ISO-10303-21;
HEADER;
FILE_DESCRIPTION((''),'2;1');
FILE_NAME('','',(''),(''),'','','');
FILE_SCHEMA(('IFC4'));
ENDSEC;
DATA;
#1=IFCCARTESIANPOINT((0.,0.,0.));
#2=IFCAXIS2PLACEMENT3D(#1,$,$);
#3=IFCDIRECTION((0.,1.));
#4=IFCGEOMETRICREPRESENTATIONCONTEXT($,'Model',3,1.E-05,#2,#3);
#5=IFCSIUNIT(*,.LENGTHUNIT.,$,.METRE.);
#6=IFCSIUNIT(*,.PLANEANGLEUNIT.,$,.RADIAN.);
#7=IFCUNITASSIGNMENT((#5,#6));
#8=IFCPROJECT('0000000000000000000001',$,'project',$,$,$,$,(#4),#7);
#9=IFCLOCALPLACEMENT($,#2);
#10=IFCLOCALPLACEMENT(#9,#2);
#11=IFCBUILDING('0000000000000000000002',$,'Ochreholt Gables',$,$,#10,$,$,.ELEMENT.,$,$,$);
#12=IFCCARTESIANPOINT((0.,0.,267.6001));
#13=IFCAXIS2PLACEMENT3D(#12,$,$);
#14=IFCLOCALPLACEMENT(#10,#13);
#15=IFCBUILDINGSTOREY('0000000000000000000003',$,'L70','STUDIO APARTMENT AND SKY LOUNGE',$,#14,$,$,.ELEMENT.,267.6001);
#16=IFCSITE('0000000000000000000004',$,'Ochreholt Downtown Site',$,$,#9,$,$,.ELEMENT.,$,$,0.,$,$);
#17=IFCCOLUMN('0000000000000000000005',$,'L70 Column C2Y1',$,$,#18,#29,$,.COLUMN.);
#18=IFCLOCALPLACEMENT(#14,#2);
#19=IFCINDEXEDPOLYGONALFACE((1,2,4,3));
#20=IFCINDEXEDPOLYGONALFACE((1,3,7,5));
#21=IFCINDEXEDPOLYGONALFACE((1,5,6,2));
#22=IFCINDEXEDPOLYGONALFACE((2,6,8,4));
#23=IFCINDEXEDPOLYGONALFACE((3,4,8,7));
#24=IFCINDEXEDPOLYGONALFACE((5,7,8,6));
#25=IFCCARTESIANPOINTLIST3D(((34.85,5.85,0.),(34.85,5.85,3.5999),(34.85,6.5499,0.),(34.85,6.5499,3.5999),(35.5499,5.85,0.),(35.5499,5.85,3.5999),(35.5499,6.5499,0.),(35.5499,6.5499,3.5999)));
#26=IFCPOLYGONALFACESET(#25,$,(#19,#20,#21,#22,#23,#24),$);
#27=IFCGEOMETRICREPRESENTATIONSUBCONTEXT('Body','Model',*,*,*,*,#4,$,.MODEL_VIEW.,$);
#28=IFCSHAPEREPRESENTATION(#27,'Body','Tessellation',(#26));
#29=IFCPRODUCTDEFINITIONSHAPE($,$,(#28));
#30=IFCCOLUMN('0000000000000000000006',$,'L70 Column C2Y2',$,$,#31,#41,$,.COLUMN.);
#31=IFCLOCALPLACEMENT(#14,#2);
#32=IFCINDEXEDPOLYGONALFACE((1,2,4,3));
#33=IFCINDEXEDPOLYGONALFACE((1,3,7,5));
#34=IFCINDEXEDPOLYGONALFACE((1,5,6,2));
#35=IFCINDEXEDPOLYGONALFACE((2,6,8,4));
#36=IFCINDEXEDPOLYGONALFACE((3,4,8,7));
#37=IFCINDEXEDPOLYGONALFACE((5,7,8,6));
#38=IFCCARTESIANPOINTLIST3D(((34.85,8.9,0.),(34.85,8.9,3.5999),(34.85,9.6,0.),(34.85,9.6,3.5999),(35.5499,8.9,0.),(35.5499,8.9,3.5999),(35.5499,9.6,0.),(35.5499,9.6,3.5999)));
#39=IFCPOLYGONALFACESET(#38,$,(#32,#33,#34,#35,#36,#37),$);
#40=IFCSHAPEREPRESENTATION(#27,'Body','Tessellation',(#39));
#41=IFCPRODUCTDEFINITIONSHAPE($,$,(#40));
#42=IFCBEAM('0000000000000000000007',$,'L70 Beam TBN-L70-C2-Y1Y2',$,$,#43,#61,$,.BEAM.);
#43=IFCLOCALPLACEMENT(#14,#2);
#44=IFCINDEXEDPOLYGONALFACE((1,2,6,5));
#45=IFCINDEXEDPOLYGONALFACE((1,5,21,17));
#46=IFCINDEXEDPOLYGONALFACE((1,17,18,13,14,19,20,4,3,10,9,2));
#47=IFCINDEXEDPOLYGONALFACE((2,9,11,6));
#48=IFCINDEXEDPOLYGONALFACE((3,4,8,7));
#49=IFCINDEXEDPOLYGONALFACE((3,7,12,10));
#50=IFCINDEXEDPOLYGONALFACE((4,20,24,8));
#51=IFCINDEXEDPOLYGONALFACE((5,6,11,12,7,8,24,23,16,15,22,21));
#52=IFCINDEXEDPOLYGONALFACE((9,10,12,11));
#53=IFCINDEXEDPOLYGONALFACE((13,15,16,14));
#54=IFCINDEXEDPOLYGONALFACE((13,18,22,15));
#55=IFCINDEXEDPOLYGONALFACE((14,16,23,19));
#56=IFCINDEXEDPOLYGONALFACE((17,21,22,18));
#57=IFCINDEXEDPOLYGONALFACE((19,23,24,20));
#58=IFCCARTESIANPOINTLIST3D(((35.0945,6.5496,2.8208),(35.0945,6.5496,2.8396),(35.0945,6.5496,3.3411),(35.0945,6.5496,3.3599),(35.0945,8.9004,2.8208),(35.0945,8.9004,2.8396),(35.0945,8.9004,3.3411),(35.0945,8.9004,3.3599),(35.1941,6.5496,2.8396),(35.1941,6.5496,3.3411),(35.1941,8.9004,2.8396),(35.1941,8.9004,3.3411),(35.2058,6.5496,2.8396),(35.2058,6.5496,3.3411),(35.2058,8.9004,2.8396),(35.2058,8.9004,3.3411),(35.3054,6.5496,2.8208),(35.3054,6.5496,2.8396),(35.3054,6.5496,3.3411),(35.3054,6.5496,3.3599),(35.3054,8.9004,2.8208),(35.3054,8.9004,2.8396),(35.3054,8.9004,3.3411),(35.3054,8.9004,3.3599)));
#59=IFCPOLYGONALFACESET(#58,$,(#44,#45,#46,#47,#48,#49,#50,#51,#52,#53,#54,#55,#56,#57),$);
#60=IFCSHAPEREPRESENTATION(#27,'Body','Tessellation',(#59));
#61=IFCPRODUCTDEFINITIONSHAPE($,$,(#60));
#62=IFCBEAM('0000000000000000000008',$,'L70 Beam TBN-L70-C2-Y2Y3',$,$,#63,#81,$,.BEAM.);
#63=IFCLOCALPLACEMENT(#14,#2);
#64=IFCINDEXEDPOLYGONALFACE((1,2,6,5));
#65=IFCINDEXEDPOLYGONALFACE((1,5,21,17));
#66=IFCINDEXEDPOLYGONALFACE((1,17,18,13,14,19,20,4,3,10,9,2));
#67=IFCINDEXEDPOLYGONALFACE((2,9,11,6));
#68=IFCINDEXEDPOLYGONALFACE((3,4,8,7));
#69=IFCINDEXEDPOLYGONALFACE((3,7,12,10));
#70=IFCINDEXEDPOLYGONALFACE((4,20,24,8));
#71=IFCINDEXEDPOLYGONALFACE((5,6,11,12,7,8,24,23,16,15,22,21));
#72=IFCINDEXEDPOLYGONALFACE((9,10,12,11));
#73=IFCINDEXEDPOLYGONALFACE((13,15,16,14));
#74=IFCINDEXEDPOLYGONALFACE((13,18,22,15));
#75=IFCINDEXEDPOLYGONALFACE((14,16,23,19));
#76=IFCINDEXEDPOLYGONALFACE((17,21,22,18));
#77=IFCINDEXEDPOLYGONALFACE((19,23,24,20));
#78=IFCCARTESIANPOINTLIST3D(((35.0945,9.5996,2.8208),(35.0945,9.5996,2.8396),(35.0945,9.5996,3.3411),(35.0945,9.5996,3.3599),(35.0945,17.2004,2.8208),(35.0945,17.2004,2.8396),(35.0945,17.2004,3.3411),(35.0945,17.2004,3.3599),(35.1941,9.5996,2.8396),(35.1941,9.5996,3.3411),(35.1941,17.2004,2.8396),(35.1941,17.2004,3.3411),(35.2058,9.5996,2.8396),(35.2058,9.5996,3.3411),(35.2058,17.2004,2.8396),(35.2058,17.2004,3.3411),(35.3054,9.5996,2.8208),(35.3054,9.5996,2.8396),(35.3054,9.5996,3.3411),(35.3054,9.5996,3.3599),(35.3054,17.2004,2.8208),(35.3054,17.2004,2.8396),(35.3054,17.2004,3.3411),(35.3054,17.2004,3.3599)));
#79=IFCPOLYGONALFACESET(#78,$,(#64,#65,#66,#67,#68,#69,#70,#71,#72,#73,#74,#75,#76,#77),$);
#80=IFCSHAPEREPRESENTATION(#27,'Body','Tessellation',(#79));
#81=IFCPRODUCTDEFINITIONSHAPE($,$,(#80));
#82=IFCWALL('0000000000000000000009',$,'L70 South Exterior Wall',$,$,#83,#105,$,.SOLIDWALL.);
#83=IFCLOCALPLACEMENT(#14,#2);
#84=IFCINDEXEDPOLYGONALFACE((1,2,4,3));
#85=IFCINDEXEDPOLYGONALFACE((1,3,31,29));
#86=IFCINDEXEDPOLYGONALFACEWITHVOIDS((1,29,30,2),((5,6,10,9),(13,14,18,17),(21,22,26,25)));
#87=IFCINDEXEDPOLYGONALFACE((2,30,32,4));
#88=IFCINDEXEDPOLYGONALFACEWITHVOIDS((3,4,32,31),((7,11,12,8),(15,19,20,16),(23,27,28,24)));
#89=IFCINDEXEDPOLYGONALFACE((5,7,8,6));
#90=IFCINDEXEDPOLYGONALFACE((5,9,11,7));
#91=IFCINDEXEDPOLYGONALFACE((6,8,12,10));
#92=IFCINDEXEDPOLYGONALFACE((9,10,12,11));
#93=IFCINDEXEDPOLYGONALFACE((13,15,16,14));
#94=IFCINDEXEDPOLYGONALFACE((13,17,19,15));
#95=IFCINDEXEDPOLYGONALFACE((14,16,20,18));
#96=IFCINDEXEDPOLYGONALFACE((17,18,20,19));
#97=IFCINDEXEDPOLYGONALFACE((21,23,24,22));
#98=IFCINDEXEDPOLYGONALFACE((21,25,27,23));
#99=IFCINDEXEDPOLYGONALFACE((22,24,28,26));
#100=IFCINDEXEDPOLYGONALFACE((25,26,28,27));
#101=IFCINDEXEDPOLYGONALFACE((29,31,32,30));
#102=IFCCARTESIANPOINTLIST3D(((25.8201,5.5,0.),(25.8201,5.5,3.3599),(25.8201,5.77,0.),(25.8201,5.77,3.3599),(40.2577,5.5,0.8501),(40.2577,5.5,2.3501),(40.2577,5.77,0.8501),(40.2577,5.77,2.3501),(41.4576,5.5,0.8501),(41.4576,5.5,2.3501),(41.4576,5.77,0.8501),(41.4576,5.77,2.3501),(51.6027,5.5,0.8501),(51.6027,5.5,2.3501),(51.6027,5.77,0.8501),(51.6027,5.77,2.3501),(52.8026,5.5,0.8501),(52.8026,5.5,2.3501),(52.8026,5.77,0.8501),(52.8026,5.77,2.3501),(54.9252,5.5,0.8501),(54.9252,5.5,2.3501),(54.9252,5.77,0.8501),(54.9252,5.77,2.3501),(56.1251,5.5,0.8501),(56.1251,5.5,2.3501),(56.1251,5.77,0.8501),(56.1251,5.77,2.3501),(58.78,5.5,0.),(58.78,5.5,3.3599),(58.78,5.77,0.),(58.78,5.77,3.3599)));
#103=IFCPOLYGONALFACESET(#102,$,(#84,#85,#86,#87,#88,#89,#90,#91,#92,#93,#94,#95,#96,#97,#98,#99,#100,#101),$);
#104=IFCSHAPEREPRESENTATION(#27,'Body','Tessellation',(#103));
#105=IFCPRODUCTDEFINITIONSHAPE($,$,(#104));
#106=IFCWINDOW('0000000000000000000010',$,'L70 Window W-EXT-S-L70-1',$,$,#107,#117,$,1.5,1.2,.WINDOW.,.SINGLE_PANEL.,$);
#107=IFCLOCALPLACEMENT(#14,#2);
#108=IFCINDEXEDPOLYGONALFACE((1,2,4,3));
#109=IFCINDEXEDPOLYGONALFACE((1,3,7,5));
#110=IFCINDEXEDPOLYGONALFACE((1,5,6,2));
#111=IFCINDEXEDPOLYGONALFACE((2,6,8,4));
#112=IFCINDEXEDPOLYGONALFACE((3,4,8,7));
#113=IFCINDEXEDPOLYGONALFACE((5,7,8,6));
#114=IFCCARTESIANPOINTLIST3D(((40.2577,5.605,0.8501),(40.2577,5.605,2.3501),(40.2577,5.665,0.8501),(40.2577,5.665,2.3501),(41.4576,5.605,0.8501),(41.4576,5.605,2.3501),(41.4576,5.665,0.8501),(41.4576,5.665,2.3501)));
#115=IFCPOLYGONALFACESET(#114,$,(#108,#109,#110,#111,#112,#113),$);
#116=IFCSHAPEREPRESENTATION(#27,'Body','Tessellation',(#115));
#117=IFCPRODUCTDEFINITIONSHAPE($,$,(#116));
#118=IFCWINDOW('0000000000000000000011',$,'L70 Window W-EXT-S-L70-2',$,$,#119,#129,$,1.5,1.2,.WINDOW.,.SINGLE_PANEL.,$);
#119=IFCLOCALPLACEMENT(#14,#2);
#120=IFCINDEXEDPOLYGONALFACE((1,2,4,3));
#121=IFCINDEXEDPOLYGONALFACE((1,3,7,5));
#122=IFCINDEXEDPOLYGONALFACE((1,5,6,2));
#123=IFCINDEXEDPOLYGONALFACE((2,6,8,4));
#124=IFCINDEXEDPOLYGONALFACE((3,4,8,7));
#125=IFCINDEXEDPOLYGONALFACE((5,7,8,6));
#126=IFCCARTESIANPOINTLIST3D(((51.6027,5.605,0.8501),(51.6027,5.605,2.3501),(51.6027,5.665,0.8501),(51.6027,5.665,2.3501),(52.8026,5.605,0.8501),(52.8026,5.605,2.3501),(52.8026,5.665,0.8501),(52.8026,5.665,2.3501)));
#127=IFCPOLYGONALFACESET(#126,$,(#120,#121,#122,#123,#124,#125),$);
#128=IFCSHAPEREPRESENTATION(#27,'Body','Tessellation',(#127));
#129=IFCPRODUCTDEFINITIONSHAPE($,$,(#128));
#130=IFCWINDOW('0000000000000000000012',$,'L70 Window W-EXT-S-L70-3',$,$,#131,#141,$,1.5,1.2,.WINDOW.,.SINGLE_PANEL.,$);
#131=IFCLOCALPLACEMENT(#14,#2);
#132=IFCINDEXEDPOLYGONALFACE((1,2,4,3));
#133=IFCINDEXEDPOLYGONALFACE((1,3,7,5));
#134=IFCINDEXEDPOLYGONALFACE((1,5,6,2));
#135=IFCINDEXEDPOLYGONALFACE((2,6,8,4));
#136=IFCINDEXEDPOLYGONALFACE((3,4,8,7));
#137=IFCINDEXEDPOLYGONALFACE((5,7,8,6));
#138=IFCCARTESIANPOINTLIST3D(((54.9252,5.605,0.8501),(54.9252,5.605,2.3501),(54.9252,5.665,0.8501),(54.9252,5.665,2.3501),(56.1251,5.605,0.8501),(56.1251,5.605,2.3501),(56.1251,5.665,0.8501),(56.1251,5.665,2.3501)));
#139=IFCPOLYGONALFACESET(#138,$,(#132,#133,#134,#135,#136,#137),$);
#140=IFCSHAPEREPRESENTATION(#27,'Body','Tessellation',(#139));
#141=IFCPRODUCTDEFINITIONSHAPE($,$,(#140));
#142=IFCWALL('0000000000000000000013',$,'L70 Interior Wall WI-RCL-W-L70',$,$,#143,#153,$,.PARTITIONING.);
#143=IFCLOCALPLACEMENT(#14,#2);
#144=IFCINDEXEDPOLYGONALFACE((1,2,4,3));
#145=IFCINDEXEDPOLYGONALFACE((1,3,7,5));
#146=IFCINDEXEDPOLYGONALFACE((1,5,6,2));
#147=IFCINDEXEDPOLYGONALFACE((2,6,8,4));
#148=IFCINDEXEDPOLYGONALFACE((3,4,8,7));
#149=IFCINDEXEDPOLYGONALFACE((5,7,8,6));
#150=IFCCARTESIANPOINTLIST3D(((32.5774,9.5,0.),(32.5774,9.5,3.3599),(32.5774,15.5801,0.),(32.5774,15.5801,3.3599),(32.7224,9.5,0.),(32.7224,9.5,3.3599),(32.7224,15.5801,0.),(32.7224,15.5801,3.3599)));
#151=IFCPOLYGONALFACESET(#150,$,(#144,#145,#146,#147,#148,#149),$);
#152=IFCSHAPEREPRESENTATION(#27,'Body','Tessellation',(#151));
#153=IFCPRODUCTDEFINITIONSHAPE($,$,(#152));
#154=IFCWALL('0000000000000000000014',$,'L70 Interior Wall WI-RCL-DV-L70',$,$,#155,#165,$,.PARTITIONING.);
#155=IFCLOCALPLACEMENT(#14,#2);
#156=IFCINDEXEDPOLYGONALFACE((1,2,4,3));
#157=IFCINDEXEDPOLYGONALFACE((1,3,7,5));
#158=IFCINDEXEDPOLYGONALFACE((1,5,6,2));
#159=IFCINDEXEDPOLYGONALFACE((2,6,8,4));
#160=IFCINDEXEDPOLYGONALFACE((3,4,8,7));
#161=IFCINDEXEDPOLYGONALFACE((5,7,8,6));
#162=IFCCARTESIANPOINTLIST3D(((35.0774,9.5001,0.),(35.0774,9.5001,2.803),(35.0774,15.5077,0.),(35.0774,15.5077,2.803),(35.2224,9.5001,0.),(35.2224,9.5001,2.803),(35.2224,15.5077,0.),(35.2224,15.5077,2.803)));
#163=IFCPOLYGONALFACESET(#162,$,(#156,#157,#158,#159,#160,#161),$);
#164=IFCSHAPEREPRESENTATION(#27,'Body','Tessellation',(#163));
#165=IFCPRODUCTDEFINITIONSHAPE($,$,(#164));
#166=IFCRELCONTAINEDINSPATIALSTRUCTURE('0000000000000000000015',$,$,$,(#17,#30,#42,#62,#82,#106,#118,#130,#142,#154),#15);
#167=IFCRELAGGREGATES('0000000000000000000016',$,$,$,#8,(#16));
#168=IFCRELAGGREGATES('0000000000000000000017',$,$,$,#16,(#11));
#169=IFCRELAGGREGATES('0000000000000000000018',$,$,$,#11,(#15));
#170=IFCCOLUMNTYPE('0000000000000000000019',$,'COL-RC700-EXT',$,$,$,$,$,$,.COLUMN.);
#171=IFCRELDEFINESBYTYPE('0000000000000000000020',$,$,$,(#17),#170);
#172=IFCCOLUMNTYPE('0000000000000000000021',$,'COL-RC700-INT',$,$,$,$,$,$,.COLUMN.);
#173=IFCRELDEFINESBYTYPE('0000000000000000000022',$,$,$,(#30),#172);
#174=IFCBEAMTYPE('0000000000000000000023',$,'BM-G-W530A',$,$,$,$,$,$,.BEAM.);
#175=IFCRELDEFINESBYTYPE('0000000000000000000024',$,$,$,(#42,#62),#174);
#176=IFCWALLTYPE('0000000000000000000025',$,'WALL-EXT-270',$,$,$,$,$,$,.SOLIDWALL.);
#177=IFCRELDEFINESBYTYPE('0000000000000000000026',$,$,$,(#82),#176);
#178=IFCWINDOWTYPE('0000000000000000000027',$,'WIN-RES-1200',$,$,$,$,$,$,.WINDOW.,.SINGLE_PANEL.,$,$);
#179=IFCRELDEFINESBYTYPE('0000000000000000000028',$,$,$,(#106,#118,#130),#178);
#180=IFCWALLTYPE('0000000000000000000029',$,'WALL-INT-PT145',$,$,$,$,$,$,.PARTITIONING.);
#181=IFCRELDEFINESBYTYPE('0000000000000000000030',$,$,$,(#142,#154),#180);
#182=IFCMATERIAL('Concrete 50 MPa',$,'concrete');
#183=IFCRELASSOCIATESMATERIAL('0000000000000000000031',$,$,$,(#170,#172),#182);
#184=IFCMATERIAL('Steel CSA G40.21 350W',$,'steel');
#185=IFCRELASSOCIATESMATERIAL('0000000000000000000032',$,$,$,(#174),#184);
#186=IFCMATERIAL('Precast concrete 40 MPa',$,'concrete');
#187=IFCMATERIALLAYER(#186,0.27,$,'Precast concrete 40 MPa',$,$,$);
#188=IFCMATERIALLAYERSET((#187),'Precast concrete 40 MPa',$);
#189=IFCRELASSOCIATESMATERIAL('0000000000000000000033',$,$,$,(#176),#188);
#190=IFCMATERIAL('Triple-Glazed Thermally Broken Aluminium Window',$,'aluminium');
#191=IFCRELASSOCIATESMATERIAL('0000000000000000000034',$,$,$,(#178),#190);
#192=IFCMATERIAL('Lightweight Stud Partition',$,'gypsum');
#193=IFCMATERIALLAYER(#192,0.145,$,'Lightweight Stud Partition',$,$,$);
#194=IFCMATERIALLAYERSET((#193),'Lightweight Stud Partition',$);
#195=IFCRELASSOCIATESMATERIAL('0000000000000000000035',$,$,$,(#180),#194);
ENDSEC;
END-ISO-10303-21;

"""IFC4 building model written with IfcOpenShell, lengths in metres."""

from ifc_helpers import new_model, si_unit, direction, frame, frame_2d, origin, origin_2d, place, context, subcontext, project, spatial, rectangle, i_section, extrude, material, layer, layer_set, material_profile, profile_set, type_object, element, fill, save


model = new_model("IFC4")

# Units and contexts
model_context = context("Model", 3, precision=1e-05, world=origin(), true_north=direction((0.0, 1.0)))
body_context = subcontext(model_context, "Body", "Model", "MODEL_VIEW")
ifc_project = project(units=[si_unit("LENGTHUNIT", "METRE"), si_unit("PLANEANGLEUNIT", "RADIAN")], contexts=[model_context])

# Site, building, storey
site_placement = place(None, origin())
site = spatial("IfcSite", under=ifc_project, at=site_placement, Name="Ochreholt Downtown Site", CompositionType="ELEMENT", RefElevation=0.0)
building_placement = place(site_placement, origin())
building = spatial("IfcBuilding", under=site, at=building_placement, Name="Ochreholt Gables", CompositionType="ELEMENT")
storey_placement = place(building_placement, frame((0.0, 0.0, 267.6001)))
storey = spatial("IfcBuildingStorey", under=building, at=storey_placement, Name="L70", Description="STUDIO APARTMENT AND SKY LOUNGE", CompositionType="ELEMENT", Elevation=267.6001)

# Columns
ifc_material_1 = material(Name="Concrete 50 MPa", Category="concrete")
ifc_material_profile_1 = material_profile(ifc_material_1, rectangle(XDim=0.7, YDim=0.7, at=origin_2d()), Name="RC700X700")
ifc_profile_set_1 = profile_set([ifc_material_profile_1], Name="Concrete 50 MPa")
column_type_1 = type_object("IfcColumnType", Name="COL-RC700-EXT", PredefinedType="COLUMN", material=ifc_profile_set_1)
column_1_placement = place(storey_placement, frame((35.2, 6.2, 0.0), z_axis=(0.0, 0.0, 1.0), x_axis=(1.0, 0.0, 0.0)))
element("IfcColumn", 1, at=column_1_placement, inside=storey, type_object=column_type_1, Name="L70 Column C2Y1", PredefinedType="COLUMN", context=body_context, shape_type="SweptSolid", body=[
    extrude(rectangle(XDim=0.7, YDim=0.7, at=origin_2d()), origin(), (0.0, 0.0, 1.0), 3.5999),
])
ifc_material_profile_2 = material_profile(ifc_material_1, rectangle(XDim=0.7, YDim=0.7, at=origin_2d()), Name="RC700X700")
ifc_profile_set_2 = profile_set([ifc_material_profile_2], Name="Concrete 50 MPa")
column_type_2 = type_object("IfcColumnType", Name="COL-RC700-INT", PredefinedType="COLUMN", material=ifc_profile_set_2)
column_2_placement = place(storey_placement, frame((35.2, 9.25, 0.0), z_axis=(0.0, 0.0, 1.0), x_axis=(1.0, 0.0, 0.0)))
element("IfcColumn", 2, at=column_2_placement, inside=storey, type_object=column_type_2, Name="L70 Column C2Y2", PredefinedType="COLUMN", context=body_context, shape_type="SweptSolid", body=[
    extrude(rectangle(XDim=0.7, YDim=0.7, at=origin_2d()), origin(), (0.0, 0.0, 1.0), 3.5999),
])

# Beams
ifc_material_2 = material(Name="Steel CSA G40.21 350W", Category="steel")
ifc_material_profile_3 = material_profile(ifc_material_2, i_section(OverallWidth=0.2109, OverallDepth=0.5391, WebThickness=0.0117, FlangeThickness=0.0188, at=origin_2d()), Name="W530X109")
ifc_profile_set_3 = profile_set([ifc_material_profile_3], Name="Steel CSA G40.21 350W")
beam_type = type_object("IfcBeamType", Name="BM-G-W530A", PredefinedType="BEAM", material=ifc_profile_set_3)
beam_1_placement = place(storey_placement, frame((35.2, 6.5496, 3.0903), z_axis=(0.0, 1.0, 0.0), x_axis=(-1.0, 0.0, 0.0)))
element("IfcBeam", 3, at=beam_1_placement, inside=storey, type_object=beam_type, Name="L70 Beam TBN-L70-C2-Y1Y2", PredefinedType="BEAM", context=body_context, shape_type="SweptSolid", body=[
    extrude(i_section(OverallWidth=0.2109, OverallDepth=0.5391, WebThickness=0.0117, FlangeThickness=0.0188, at=origin_2d()), origin(), (0.0, 0.0, 1.0), 2.3508),
])
beam_2_placement = place(storey_placement, frame((35.2, 9.5996, 3.0903), z_axis=(0.0, 1.0, 0.0), x_axis=(-1.0, 0.0, 0.0)))
element("IfcBeam", 4, at=beam_2_placement, inside=storey, type_object=beam_type, Name="L70 Beam TBN-L70-C2-Y2Y3", PredefinedType="BEAM", context=body_context, shape_type="SweptSolid", body=[
    extrude(i_section(OverallWidth=0.2109, OverallDepth=0.5391, WebThickness=0.0117, FlangeThickness=0.0188, at=origin_2d()), origin(), (0.0, 0.0, 1.0), 7.6008),
])

# Wall, openings, windows
ifc_material_3 = material(Name="Precast concrete 40 MPa", Category="concrete")
ifc_layer_1 = layer(ifc_material_3, 0.27, Name="Precast concrete 40 MPa")
ifc_layer_set_1 = layer_set([ifc_layer_1], Name="Precast concrete 40 MPa")
wall_type_1 = type_object("IfcWallType", Name="WALL-EXT-270", PredefinedType="SOLIDWALL", material=ifc_layer_set_1)
wall_1_placement = place(storey_placement, frame((25.8201, 5.635, 0.0), z_axis=(0.0, 0.0, 1.0), x_axis=(1.0, 0.0, 0.0)))
wall_1 = element("IfcWall", 5, at=wall_1_placement, inside=storey, type_object=wall_type_1, Name="L70 South Exterior Wall", PredefinedType="SOLIDWALL", context=body_context, shape_type="SweptSolid", body=[
    extrude(rectangle(XDim=32.96, YDim=0.27, at=frame_2d((16.48, 0.0))), origin(), (0.0, 0.0, 1.0), 3.3599),
])
opening_1_placement = place(wall_1_placement, frame((14.4375, 0.0, 0.8501)))
opening_1 = element("IfcOpeningElement", 6, at=opening_1_placement, cuts=wall_1, PredefinedType="OPENING", context=body_context, shape_type="SweptSolid", body=[
    extrude(rectangle(XDim=1.2, YDim=1.5, at=frame_2d((0.6001, 0.75))), frame((0.0, 0.145, 0.0), z_axis=(0.0, -1.0, 0.0), x_axis=(1.0, 0.0, 0.0)), (0.0, 0.0, 1.0), 0.29),
])
opening_2_placement = place(wall_1_placement, frame((25.7825, 0.0, 0.8501)))
opening_2 = element("IfcOpeningElement", 7, at=opening_2_placement, cuts=wall_1, PredefinedType="OPENING", context=body_context, shape_type="SweptSolid", body=[
    extrude(rectangle(XDim=1.2, YDim=1.5, at=frame_2d((0.6001, 0.75))), frame((0.0, 0.145, 0.0), z_axis=(0.0, -1.0, 0.0), x_axis=(1.0, 0.0, 0.0)), (0.0, 0.0, 1.0), 0.29),
])
opening_3_placement = place(wall_1_placement, frame((29.105, 0.0, 0.8501)))
opening_3 = element("IfcOpeningElement", 8, at=opening_3_placement, cuts=wall_1, PredefinedType="OPENING", context=body_context, shape_type="SweptSolid", body=[
    extrude(rectangle(XDim=1.2, YDim=1.5, at=frame_2d((0.6001, 0.75))), frame((0.0, 0.145, 0.0), z_axis=(0.0, -1.0, 0.0), x_axis=(1.0, 0.0, 0.0)), (0.0, 0.0, 1.0), 0.29),
])
ifc_material_4 = material(Name="Triple-Glazed Thermally Broken Aluminium Window", Category="aluminium")
window_type = type_object("IfcWindowType", Name="WIN-RES-1200", PartitioningType="SINGLE_PANEL", PredefinedType="WINDOW", material=ifc_material_4)
window_1_placement = place(opening_1_placement, origin())
window_1 = element("IfcWindow", 9, at=window_1_placement, inside=storey, type_object=window_type, Name="L70 Window W-EXT-S-L70-1", OverallHeight=1.5, OverallWidth=1.2, PartitioningType="SINGLE_PANEL", PredefinedType="WINDOW", context=body_context, shape_type="SweptSolid", body=[
    extrude(rectangle(XDim=1.2, YDim=1.5, at=frame_2d((0.6001, 0.75))), frame((0.0, 0.03, 0.0), z_axis=(0.0, -1.0, 0.0), x_axis=(1.0, 0.0, 0.0)), (0.0, 0.0, 1.0), 0.0601),
])
fill(opening_1, window_1)
window_2_placement = place(opening_2_placement, origin())
window_2 = element("IfcWindow", 10, at=window_2_placement, inside=storey, type_object=window_type, Name="L70 Window W-EXT-S-L70-2", OverallHeight=1.5, OverallWidth=1.2, PartitioningType="SINGLE_PANEL", PredefinedType="WINDOW", context=body_context, shape_type="SweptSolid", body=[
    extrude(rectangle(XDim=1.2, YDim=1.5, at=frame_2d((0.6001, 0.75))), frame((0.0, 0.03, 0.0), z_axis=(0.0, -1.0, 0.0), x_axis=(1.0, 0.0, 0.0)), (0.0, 0.0, 1.0), 0.0601),
])
fill(opening_2, window_2)
window_3_placement = place(opening_3_placement, origin())
window_3 = element("IfcWindow", 11, at=window_3_placement, inside=storey, type_object=window_type, Name="L70 Window W-EXT-S-L70-3", OverallHeight=1.5, OverallWidth=1.2, PartitioningType="SINGLE_PANEL", PredefinedType="WINDOW", context=body_context, shape_type="SweptSolid", body=[
    extrude(rectangle(XDim=1.2, YDim=1.5, at=frame_2d((0.6001, 0.75))), frame((0.0, 0.03, 0.0), z_axis=(0.0, -1.0, 0.0), x_axis=(1.0, 0.0, 0.0)), (0.0, 0.0, 1.0), 0.0601),
])
fill(opening_3, window_3)

# Walls
ifc_material_5 = material(Name="Lightweight Stud Partition", Category="gypsum")
ifc_layer_2 = layer(ifc_material_5, 0.145, Name="Lightweight Stud Partition")
ifc_layer_set_2 = layer_set([ifc_layer_2], Name="Lightweight Stud Partition")
wall_type_2 = type_object("IfcWallType", Name="WALL-INT-PT145", PredefinedType="PARTITIONING", material=ifc_layer_set_2)
wall_2_placement = place(storey_placement, frame((32.6499, 9.5, 0.0), z_axis=(0.0, 0.0, 1.0), x_axis=(0.0, 1.0, 0.0)))
element("IfcWall", 12, at=wall_2_placement, inside=storey, type_object=wall_type_2, Name="L70 Interior Wall WI-RCL-W-L70", PredefinedType="PARTITIONING", context=body_context, shape_type="SweptSolid", body=[
    extrude(rectangle(XDim=6.0801, YDim=0.145, at=frame_2d((3.04, 0.0))), origin(), (0.0, 0.0, 1.0), 3.3599),
])
wall_3_placement = place(storey_placement, frame((35.1499, 9.5, 0.0), z_axis=(0.0, 0.0, 1.0), x_axis=(0.0, 1.0, 0.0)))
element("IfcWall", 13, at=wall_3_placement, inside=storey, type_object=wall_type_2, Name="L70 Interior Wall WI-RCL-DV-L70", PredefinedType="PARTITIONING", context=body_context, shape_type="SweptSolid", body=[
    extrude(rectangle(XDim=6.0076, YDim=0.145, at=frame_2d((3.0039, 0.0))), origin(), (0.0, 0.0, 1.0), 2.803),
])

save(model, "model.ifc")
